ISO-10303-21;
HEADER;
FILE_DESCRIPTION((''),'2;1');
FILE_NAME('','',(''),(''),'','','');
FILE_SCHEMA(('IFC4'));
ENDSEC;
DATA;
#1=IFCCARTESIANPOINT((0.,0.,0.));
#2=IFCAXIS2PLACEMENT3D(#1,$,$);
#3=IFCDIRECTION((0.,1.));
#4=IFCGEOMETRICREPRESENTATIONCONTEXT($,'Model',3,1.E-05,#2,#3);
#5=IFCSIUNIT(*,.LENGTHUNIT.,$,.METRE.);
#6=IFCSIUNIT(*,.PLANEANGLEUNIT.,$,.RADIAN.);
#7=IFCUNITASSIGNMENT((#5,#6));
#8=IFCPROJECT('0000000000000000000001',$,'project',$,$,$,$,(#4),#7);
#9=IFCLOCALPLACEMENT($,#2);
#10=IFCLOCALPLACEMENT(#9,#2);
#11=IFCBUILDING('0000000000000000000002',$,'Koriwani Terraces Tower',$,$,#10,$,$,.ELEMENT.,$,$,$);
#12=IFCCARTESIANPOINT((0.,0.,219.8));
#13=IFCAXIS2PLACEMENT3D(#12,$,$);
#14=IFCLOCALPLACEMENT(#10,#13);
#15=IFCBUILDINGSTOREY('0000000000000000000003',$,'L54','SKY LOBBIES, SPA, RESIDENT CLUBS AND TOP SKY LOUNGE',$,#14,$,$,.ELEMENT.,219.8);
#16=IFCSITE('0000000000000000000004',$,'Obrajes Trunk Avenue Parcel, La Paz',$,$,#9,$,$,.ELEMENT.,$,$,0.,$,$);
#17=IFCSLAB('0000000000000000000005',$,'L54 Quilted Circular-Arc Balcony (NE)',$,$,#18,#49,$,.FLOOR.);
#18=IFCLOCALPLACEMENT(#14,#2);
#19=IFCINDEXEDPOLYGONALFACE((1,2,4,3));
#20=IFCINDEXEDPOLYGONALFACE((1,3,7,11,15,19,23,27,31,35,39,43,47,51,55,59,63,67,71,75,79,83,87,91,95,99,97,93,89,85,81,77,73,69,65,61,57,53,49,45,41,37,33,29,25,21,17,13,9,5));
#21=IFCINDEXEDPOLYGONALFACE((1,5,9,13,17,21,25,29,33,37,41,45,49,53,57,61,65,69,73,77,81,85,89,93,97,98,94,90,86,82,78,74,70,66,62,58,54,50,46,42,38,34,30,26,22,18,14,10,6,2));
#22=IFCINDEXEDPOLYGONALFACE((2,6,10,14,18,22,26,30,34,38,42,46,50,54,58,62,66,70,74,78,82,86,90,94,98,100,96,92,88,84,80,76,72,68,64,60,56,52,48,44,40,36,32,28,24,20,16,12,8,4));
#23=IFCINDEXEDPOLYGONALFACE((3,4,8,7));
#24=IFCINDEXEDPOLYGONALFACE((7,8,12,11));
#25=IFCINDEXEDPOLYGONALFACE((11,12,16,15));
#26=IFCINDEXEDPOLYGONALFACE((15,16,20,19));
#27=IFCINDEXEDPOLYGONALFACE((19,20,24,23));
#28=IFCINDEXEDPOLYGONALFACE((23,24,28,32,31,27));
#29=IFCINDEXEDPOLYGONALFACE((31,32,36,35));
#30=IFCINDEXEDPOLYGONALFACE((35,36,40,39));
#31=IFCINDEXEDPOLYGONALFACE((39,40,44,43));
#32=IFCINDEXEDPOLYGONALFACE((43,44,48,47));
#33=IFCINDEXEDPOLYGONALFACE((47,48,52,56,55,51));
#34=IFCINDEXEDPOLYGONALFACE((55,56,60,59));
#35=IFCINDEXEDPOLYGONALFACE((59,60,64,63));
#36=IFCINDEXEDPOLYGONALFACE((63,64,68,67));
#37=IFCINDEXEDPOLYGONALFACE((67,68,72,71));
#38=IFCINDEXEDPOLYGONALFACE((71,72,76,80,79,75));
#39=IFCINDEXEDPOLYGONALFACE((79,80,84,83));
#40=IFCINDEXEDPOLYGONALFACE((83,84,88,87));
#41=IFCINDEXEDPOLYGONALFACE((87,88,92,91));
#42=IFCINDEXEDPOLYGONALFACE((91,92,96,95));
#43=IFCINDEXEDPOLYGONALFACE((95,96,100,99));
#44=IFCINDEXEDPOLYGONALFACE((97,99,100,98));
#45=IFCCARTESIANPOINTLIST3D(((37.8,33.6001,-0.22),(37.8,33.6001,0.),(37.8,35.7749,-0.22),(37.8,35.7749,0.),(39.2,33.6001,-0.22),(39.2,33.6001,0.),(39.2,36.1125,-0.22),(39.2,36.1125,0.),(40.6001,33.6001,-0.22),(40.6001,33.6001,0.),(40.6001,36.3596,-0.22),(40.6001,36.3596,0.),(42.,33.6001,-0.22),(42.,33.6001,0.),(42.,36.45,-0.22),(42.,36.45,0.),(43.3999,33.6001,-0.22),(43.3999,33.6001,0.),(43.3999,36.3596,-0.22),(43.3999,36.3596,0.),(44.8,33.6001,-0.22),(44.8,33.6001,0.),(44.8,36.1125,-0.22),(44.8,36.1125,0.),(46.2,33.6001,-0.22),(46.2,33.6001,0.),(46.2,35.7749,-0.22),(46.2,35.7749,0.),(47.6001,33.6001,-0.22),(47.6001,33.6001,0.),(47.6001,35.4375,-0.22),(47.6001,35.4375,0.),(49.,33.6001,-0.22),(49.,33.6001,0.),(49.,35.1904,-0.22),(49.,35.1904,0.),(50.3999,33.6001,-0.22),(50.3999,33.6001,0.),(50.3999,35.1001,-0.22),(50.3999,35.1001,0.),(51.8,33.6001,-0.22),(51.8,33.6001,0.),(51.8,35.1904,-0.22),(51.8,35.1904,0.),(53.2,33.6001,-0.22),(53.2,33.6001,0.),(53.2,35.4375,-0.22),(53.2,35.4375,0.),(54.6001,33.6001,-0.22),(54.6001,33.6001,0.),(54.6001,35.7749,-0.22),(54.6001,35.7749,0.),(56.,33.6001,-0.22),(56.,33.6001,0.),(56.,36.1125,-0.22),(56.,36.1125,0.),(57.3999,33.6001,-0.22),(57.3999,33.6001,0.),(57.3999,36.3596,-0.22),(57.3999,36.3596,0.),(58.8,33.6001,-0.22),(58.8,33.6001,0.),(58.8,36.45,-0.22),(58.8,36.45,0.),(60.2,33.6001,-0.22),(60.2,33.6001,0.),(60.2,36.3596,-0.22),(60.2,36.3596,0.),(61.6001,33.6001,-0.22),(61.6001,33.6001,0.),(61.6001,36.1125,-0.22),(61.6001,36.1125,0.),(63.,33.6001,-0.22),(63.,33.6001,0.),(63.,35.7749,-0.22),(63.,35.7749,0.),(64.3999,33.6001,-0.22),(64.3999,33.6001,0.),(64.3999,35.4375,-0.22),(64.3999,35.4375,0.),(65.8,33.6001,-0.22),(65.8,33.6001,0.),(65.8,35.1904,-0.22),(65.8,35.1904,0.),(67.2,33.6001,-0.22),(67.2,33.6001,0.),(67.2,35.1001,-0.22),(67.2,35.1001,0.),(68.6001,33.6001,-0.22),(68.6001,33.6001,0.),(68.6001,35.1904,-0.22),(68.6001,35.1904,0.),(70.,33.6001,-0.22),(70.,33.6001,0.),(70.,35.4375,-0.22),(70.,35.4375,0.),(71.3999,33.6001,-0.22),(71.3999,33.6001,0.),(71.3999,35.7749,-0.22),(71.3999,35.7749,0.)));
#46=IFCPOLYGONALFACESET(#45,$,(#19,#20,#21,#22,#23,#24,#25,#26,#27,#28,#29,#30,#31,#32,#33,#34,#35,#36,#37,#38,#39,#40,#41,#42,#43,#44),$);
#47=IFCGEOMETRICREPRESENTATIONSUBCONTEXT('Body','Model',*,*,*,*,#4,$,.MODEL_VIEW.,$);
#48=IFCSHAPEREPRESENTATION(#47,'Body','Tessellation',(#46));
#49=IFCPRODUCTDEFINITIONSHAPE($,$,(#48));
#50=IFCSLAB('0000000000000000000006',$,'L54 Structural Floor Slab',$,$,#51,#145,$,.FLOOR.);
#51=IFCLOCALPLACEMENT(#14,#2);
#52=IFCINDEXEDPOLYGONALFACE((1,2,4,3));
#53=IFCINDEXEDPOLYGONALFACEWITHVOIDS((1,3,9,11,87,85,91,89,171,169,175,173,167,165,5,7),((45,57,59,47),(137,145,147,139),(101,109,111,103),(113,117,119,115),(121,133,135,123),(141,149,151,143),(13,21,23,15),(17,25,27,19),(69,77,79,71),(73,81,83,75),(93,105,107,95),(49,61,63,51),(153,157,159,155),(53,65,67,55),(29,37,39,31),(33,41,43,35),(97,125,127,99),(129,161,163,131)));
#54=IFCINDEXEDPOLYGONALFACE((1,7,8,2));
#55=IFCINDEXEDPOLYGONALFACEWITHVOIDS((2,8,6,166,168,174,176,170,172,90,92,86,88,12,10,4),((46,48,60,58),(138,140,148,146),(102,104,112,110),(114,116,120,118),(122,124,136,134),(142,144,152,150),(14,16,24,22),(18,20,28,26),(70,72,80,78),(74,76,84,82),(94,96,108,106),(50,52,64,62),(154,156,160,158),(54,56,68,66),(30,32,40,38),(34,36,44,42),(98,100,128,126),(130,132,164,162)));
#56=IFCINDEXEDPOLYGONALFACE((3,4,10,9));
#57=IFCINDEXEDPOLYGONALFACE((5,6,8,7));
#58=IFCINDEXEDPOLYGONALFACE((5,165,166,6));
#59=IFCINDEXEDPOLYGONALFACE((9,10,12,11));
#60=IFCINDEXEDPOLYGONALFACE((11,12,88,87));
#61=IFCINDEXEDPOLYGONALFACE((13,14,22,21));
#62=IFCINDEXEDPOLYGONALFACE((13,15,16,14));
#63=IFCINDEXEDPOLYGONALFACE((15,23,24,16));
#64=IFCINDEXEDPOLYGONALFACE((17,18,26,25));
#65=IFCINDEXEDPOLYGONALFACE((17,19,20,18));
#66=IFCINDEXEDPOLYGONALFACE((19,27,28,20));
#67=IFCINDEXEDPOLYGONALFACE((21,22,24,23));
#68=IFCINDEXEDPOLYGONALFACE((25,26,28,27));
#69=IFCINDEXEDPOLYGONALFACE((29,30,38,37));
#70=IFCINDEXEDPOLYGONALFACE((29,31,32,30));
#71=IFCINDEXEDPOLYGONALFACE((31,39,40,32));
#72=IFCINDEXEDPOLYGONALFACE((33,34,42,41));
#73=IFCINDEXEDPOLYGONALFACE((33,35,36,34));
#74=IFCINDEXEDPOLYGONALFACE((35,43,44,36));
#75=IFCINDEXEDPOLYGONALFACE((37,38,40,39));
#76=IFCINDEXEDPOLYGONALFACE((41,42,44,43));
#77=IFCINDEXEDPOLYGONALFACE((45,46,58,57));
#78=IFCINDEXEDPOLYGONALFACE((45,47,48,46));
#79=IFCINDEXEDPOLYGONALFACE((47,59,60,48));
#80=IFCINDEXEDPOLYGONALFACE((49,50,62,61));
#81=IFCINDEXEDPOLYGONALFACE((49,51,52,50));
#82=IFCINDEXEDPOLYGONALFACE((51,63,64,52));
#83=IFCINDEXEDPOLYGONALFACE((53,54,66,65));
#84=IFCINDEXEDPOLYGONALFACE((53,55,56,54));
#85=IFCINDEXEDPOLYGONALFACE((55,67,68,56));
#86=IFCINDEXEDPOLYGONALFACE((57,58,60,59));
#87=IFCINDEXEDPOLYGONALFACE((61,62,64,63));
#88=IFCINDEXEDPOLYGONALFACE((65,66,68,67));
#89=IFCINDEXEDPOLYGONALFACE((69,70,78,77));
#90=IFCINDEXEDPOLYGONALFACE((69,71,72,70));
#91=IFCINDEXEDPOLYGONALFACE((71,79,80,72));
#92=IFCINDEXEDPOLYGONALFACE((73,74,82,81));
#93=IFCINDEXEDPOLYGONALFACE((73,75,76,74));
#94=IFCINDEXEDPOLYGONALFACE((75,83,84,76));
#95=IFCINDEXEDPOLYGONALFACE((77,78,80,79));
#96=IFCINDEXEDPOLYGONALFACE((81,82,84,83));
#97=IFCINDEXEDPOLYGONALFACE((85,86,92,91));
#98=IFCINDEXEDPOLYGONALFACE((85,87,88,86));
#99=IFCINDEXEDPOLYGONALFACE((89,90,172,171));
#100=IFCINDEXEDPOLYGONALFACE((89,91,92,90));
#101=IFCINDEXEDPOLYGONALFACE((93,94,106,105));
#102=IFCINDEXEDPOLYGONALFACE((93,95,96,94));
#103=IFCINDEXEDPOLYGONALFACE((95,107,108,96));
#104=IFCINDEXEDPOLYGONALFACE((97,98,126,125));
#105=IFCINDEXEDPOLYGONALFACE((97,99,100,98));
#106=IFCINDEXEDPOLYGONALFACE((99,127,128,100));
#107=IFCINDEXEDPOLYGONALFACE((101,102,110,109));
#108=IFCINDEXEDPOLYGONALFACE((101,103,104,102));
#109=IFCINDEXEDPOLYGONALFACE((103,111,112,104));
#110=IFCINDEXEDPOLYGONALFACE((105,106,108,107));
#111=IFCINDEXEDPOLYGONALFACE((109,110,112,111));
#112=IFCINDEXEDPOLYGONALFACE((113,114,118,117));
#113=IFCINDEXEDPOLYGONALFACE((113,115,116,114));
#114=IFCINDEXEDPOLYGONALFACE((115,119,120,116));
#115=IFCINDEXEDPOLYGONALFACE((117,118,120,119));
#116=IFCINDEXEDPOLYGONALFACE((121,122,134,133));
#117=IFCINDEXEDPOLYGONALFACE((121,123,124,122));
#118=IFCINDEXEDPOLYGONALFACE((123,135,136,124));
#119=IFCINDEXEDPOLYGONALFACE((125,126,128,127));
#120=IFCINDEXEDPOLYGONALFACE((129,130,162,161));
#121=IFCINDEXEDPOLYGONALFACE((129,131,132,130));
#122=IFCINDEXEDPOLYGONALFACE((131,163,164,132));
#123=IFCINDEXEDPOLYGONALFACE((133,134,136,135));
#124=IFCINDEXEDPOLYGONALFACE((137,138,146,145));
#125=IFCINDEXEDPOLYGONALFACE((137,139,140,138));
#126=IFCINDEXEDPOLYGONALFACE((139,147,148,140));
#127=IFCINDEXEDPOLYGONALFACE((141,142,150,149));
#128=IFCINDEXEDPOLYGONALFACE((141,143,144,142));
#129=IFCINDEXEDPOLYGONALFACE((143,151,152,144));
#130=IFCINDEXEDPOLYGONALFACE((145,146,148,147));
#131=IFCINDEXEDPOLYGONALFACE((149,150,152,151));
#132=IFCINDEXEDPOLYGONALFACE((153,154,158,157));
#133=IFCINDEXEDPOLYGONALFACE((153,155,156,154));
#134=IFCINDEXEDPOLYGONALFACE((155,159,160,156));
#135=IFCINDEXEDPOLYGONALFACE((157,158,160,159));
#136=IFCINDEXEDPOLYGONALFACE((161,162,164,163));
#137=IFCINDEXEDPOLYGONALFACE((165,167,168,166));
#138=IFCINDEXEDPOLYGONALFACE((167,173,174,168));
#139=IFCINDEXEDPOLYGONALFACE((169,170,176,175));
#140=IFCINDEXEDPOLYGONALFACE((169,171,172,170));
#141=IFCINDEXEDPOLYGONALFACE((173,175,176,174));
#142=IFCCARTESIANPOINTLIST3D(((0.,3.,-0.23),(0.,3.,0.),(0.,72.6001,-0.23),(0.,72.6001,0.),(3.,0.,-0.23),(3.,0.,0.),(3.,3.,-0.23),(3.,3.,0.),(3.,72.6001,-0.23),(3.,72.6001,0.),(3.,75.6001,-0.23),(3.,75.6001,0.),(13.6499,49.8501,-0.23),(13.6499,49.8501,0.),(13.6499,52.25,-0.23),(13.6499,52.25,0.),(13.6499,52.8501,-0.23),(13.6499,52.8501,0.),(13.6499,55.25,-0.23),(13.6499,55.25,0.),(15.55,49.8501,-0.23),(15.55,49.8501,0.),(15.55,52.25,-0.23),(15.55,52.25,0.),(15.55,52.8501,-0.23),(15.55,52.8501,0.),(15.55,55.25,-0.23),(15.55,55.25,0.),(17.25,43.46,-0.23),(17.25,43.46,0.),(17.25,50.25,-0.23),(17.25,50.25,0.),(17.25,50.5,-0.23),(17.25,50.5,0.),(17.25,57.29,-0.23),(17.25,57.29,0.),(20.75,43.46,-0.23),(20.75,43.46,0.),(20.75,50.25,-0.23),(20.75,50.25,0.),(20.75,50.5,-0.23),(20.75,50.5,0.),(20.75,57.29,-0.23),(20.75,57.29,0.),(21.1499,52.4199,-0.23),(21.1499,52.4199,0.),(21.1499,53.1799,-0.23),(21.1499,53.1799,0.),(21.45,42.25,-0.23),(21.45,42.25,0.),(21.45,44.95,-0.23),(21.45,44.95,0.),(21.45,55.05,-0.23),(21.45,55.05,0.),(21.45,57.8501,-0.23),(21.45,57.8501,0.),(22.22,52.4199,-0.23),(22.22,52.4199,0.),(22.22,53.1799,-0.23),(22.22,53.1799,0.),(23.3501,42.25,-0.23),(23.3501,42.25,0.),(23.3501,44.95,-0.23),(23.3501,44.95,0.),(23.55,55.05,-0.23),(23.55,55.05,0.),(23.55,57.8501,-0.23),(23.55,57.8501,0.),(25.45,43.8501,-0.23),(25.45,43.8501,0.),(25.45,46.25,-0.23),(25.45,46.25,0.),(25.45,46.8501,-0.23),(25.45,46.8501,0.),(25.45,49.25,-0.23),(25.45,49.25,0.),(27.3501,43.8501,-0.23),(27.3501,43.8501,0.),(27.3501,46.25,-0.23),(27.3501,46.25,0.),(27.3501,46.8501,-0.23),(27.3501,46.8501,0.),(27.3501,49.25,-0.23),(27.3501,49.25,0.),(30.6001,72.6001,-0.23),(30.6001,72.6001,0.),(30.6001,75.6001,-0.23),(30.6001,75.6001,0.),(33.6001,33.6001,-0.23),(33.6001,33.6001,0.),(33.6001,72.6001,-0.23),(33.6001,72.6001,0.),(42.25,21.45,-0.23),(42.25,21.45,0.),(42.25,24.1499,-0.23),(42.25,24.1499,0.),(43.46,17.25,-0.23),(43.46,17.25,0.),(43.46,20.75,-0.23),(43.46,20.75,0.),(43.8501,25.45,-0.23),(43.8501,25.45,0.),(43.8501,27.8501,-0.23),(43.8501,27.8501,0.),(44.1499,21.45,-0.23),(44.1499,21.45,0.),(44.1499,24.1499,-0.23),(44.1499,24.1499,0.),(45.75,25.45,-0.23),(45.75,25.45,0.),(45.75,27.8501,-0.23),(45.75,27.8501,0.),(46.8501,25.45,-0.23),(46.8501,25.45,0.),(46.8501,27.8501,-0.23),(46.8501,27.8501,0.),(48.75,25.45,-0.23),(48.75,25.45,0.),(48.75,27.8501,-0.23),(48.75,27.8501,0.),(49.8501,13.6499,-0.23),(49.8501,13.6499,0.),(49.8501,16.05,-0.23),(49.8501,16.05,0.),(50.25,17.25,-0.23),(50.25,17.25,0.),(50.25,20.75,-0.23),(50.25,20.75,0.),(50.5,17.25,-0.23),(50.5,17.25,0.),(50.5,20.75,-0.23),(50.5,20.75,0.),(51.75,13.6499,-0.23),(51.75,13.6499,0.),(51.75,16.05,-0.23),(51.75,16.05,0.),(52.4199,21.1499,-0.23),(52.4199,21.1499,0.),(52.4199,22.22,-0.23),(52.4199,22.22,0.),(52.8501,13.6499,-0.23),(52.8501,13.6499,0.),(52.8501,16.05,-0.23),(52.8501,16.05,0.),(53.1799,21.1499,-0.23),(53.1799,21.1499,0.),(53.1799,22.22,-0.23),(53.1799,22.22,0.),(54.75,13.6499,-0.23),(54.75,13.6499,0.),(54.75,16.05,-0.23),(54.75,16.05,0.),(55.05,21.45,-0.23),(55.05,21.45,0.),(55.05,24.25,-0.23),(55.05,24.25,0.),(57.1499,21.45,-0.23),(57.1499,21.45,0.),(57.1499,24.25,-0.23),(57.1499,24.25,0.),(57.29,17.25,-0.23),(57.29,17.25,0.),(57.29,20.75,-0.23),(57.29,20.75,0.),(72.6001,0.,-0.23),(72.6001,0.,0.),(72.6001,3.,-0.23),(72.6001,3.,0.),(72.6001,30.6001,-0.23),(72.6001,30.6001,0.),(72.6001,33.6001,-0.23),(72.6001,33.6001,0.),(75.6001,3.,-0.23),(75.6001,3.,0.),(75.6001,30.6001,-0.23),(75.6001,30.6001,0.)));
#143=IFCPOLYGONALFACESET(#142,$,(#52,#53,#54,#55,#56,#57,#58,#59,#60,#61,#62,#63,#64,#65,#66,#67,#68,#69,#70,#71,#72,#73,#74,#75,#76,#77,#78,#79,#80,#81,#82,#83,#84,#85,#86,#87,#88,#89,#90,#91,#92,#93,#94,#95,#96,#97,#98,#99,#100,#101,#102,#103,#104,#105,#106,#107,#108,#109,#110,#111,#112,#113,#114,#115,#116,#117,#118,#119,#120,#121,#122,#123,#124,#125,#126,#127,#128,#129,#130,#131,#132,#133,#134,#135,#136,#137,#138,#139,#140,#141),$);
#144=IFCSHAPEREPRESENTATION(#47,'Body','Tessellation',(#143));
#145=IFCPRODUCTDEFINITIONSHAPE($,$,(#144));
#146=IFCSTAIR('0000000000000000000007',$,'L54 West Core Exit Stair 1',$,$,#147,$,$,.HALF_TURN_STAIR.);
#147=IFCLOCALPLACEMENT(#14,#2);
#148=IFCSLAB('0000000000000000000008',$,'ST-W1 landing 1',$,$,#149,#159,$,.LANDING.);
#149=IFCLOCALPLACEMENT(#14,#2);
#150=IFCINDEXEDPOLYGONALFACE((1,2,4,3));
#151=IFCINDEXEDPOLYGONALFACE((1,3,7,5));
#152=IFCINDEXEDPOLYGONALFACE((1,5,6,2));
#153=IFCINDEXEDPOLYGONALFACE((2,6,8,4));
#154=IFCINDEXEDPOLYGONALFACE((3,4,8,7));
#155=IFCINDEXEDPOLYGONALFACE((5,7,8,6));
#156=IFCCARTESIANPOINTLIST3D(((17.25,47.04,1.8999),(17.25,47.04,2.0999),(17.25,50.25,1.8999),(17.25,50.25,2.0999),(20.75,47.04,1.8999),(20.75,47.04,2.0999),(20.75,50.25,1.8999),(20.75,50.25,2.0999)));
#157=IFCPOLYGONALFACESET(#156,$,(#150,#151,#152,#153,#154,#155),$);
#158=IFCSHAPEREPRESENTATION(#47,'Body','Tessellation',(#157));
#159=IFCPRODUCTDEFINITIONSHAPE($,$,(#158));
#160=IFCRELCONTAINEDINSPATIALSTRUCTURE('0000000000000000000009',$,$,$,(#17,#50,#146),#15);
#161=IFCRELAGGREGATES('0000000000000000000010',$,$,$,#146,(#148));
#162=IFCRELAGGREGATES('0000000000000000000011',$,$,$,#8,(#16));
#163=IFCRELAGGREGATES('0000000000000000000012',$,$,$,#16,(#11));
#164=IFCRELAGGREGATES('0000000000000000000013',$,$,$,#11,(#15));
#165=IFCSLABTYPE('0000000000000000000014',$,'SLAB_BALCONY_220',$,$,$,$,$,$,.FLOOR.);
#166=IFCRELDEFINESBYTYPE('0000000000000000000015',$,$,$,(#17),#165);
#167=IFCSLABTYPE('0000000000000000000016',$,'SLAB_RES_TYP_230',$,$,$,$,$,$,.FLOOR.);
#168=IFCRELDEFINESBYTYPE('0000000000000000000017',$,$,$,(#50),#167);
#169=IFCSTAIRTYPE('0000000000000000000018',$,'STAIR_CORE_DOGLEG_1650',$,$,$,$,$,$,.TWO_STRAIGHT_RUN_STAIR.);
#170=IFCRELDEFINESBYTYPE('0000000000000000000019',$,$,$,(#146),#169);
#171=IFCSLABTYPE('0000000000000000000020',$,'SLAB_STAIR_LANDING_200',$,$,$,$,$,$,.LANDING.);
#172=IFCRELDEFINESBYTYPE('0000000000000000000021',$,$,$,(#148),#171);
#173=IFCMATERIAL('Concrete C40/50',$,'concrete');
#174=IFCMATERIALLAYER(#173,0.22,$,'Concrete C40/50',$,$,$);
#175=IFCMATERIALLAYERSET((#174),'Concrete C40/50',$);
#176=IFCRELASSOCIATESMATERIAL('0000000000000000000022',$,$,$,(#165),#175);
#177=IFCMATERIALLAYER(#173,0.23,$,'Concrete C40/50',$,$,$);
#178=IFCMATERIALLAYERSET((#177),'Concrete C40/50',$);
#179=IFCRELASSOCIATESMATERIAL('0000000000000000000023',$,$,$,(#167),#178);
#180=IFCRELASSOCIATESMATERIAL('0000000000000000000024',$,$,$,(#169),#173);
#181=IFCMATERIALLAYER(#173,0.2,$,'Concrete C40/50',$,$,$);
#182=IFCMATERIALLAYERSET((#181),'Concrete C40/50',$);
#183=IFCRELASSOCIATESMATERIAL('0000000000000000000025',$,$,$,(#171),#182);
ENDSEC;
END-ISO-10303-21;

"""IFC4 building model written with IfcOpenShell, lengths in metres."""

from ifc_helpers import new_model, si_unit, direction, frame, origin, place, context, subcontext, project, spatial, polyline, outline, extrude, material, layer, layer_set, type_object, element, aggregate, save


model = new_model("IFC4")

# Units and contexts
model_context = context("Model", 3, precision=1e-05, world=origin(), true_north=direction((0.0, 1.0)))
body_context = subcontext(model_context, "Body", "Model", "MODEL_VIEW")
ifc_project = project(units=[si_unit("LENGTHUNIT", "METRE"), si_unit("PLANEANGLEUNIT", "RADIAN")], contexts=[model_context])

# Site, building, storey
site_placement = place(None, origin())
site = spatial("IfcSite", under=ifc_project, at=site_placement, Name="Obrajes Trunk Avenue Parcel, La Paz", CompositionType="ELEMENT", RefElevation=0.0)
building_placement = place(site_placement, origin())
building = spatial("IfcBuilding", under=site, at=building_placement, Name="Koriwani Terraces Tower", CompositionType="ELEMENT")
storey_placement = place(building_placement, frame((0.0, 0.0, 219.8)))
storey = spatial("IfcBuildingStorey", under=building, at=storey_placement, Name="L54", Description="SKY LOBBIES, SPA, RESIDENT CLUBS AND TOP SKY LOUNGE", CompositionType="ELEMENT", Elevation=219.8)

# Shared definitions
ifc_material_1 = material(Name="Concrete C40/50", Category="concrete")

# Slabs
ifc_layer_1 = layer(ifc_material_1, 0.22, Name="Concrete C40/50")
ifc_layer_set_1 = layer_set([ifc_layer_1], Name="Concrete C40/50")
slab_type_1 = type_object("IfcSlabType", Name="SLAB_BALCONY_220", PredefinedType="FLOOR", material=ifc_layer_set_1)
slab_1_placement = place(storey_placement, frame((0.0, 0.0, -0.22)))
element("IfcSlab", 1, at=slab_1_placement, inside=storey, type_object=slab_type_1, Name="L54 Quilted Circular-Arc Balcony (NE)", PredefinedType="FLOOR", context=body_context, shape_type="SweptSolid", body=[
    extrude(outline(polyline([(71.3999, 33.6001), (70.0, 33.6001), (68.6001, 33.6001), (67.2, 33.6001), (65.8, 33.6001), (64.3999, 33.6001), (63.0, 33.6001), (61.6001, 33.6001), (60.2, 33.6001), (58.8, 33.6001), (57.3999, 33.6001), (56.0, 33.6001), (54.6001, 33.6001), (53.2, 33.6001), (51.8, 33.6001), (50.3999, 33.6001), (49.0, 33.6001), (47.6001, 33.6001), (46.2, 33.6001), (44.8, 33.6001), (43.3999, 33.6001), (42.0, 33.6001), (40.6001, 33.6001), (39.2, 33.6001), (37.8, 33.6001), (37.8, 35.7749), (39.2, 36.1125), (40.6001, 36.3596), (42.0, 36.45), (43.3999, 36.3596), (44.8, 36.1125), (46.2, 35.7749), (47.6001, 35.4375), (49.0, 35.1904), (50.3999, 35.1001), (51.8, 35.1904), (53.2, 35.4375), (54.6001, 35.7749), (56.0, 36.1125), (57.3999, 36.3596), (58.8, 36.45), (60.2, 36.3596), (61.6001, 36.1125), (63.0, 35.7749), (64.3999, 35.4375), (65.8, 35.1904), (67.2, 35.1001), (68.6001, 35.1904), (70.0, 35.4375), (71.3999, 35.7749), (71.3999, 33.6001)])), origin(), (0.0, 0.0, 1.0), 0.22),
])
ifc_layer_2 = layer(ifc_material_1, 0.23, Name="Concrete C40/50")
ifc_layer_set_2 = layer_set([ifc_layer_2], Name="Concrete C40/50")
slab_type_2 = type_object("IfcSlabType", Name="SLAB_RES_TYP_230", PredefinedType="FLOOR", material=ifc_layer_set_2)
slab_2_placement = place(storey_placement, frame((0.0, 0.0, -0.23)))
element("IfcSlab", 2, at=slab_2_placement, inside=storey, type_object=slab_type_2, Name="L54 Structural Floor Slab", PredefinedType="FLOOR", context=body_context, shape_type="SweptSolid", body=[
    extrude(outline(polyline([(3.0, 0.0), (72.6001, 0.0), (72.6001, 3.0), (75.6001, 3.0), (75.6001, 30.6001), (72.6001, 30.6001), (72.6001, 33.6001), (33.6001, 33.6001), (33.6001, 72.6001), (30.6001, 72.6001), (30.6001, 75.6001), (3.0, 75.6001), (3.0, 72.6001), (0.0, 72.6001), (0.0, 3.0), (3.0, 3.0), (3.0, 0.0)]), holes=[polyline([(17.25, 43.46), (20.75, 43.46), (20.75, 50.25), (17.25, 50.25), (17.25, 43.46)]), polyline([(17.25, 50.5), (20.75, 50.5), (20.75, 57.29), (17.25, 57.29), (17.25, 50.5)]), polyline([(43.46, 17.25), (50.25, 17.25), (50.25, 20.75), (43.46, 20.75), (43.46, 17.25)]), polyline([(50.5, 17.25), (57.29, 17.25), (57.29, 20.75), (50.5, 20.75), (50.5, 17.25)]), polyline([(13.6499, 49.8501), (15.55, 49.8501), (15.55, 52.25), (13.6499, 52.25), (13.6499, 49.8501)]), polyline([(13.6499, 52.8501), (15.55, 52.8501), (15.55, 55.25), (13.6499, 55.25), (13.6499, 52.8501)]), polyline([(49.8501, 13.6499), (51.75, 13.6499), (51.75, 16.05), (49.8501, 16.05), (49.8501, 13.6499)]), polyline([(52.8501, 13.6499), (54.75, 13.6499), (54.75, 16.05), (52.8501, 16.05), (52.8501, 13.6499)]), polyline([(25.45, 43.8501), (27.3501, 43.8501), (27.3501, 46.25), (25.45, 46.25), (25.45, 43.8501)]), polyline([(25.45, 46.8501), (27.3501, 46.8501), (27.3501, 49.25), (25.45, 49.25), (25.45, 46.8501)]), polyline([(43.8501, 25.45), (45.75, 25.45), (45.75, 27.8501), (43.8501, 27.8501), (43.8501, 25.45)]), polyline([(46.8501, 25.45), (48.75, 25.45), (48.75, 27.8501), (46.8501, 27.8501), (46.8501, 25.45)]), polyline([(21.45, 55.05), (23.55, 55.05), (23.55, 57.8501), (21.45, 57.8501), (21.45, 55.05)]), polyline([(55.05, 21.45), (57.1499, 21.45), (57.1499, 24.25), (55.05, 24.25), (55.05, 21.45)]), polyline([(21.45, 42.25), (23.3501, 42.25), (23.3501, 44.95), (21.45, 44.95), (21.45, 42.25)]), polyline([(42.25, 21.45), (44.1499, 21.45), (44.1499, 24.1499), (42.25, 24.1499), (42.25, 21.45)]), polyline([(21.1499, 52.4199), (22.22, 52.4199), (22.22, 53.1799), (21.1499, 53.1799), (21.1499, 52.4199)]), polyline([(52.4199, 21.1499), (53.1799, 21.1499), (53.1799, 22.22), (52.4199, 22.22), (52.4199, 21.1499)])]), origin(), (0.0, 0.0, 1.0), 0.23),
])

# Stair, slab
stair_type = type_object("IfcStairType", Name="STAIR_CORE_DOGLEG_1650", PredefinedType="TWO_STRAIGHT_RUN_STAIR", material=ifc_material_1)
stair_1_placement = place(storey_placement, origin())
stair_1 = element("IfcStair", 3, at=stair_1_placement, inside=storey, type_object=stair_type, Name="L54 West Core Exit Stair 1", PredefinedType="HALF_TURN_STAIR")
ifc_layer_3 = layer(ifc_material_1, 0.2, Name="Concrete C40/50")
ifc_layer_set_3 = layer_set([ifc_layer_3], Name="Concrete C40/50")
slab_type_3 = type_object("IfcSlabType", Name="SLAB_STAIR_LANDING_200", PredefinedType="LANDING", material=ifc_layer_set_3)
slab_3_placement = place(storey_placement, frame((0.0, 0.0, 1.8999)))
slab_3 = element("IfcSlab", 4, at=slab_3_placement, type_object=slab_type_3, Name="ST-W1 landing 1", PredefinedType="LANDING", context=body_context, shape_type="SweptSolid", body=[
    extrude(outline(polyline([(20.75, 47.04), (20.75, 50.25), (17.25, 50.25), (17.25, 47.04), (20.75, 47.04)])), origin(), (0.0, 0.0, 1.0), 0.2),
])
aggregate(stair_1, [slab_3])

save(model, "model.ifc")
